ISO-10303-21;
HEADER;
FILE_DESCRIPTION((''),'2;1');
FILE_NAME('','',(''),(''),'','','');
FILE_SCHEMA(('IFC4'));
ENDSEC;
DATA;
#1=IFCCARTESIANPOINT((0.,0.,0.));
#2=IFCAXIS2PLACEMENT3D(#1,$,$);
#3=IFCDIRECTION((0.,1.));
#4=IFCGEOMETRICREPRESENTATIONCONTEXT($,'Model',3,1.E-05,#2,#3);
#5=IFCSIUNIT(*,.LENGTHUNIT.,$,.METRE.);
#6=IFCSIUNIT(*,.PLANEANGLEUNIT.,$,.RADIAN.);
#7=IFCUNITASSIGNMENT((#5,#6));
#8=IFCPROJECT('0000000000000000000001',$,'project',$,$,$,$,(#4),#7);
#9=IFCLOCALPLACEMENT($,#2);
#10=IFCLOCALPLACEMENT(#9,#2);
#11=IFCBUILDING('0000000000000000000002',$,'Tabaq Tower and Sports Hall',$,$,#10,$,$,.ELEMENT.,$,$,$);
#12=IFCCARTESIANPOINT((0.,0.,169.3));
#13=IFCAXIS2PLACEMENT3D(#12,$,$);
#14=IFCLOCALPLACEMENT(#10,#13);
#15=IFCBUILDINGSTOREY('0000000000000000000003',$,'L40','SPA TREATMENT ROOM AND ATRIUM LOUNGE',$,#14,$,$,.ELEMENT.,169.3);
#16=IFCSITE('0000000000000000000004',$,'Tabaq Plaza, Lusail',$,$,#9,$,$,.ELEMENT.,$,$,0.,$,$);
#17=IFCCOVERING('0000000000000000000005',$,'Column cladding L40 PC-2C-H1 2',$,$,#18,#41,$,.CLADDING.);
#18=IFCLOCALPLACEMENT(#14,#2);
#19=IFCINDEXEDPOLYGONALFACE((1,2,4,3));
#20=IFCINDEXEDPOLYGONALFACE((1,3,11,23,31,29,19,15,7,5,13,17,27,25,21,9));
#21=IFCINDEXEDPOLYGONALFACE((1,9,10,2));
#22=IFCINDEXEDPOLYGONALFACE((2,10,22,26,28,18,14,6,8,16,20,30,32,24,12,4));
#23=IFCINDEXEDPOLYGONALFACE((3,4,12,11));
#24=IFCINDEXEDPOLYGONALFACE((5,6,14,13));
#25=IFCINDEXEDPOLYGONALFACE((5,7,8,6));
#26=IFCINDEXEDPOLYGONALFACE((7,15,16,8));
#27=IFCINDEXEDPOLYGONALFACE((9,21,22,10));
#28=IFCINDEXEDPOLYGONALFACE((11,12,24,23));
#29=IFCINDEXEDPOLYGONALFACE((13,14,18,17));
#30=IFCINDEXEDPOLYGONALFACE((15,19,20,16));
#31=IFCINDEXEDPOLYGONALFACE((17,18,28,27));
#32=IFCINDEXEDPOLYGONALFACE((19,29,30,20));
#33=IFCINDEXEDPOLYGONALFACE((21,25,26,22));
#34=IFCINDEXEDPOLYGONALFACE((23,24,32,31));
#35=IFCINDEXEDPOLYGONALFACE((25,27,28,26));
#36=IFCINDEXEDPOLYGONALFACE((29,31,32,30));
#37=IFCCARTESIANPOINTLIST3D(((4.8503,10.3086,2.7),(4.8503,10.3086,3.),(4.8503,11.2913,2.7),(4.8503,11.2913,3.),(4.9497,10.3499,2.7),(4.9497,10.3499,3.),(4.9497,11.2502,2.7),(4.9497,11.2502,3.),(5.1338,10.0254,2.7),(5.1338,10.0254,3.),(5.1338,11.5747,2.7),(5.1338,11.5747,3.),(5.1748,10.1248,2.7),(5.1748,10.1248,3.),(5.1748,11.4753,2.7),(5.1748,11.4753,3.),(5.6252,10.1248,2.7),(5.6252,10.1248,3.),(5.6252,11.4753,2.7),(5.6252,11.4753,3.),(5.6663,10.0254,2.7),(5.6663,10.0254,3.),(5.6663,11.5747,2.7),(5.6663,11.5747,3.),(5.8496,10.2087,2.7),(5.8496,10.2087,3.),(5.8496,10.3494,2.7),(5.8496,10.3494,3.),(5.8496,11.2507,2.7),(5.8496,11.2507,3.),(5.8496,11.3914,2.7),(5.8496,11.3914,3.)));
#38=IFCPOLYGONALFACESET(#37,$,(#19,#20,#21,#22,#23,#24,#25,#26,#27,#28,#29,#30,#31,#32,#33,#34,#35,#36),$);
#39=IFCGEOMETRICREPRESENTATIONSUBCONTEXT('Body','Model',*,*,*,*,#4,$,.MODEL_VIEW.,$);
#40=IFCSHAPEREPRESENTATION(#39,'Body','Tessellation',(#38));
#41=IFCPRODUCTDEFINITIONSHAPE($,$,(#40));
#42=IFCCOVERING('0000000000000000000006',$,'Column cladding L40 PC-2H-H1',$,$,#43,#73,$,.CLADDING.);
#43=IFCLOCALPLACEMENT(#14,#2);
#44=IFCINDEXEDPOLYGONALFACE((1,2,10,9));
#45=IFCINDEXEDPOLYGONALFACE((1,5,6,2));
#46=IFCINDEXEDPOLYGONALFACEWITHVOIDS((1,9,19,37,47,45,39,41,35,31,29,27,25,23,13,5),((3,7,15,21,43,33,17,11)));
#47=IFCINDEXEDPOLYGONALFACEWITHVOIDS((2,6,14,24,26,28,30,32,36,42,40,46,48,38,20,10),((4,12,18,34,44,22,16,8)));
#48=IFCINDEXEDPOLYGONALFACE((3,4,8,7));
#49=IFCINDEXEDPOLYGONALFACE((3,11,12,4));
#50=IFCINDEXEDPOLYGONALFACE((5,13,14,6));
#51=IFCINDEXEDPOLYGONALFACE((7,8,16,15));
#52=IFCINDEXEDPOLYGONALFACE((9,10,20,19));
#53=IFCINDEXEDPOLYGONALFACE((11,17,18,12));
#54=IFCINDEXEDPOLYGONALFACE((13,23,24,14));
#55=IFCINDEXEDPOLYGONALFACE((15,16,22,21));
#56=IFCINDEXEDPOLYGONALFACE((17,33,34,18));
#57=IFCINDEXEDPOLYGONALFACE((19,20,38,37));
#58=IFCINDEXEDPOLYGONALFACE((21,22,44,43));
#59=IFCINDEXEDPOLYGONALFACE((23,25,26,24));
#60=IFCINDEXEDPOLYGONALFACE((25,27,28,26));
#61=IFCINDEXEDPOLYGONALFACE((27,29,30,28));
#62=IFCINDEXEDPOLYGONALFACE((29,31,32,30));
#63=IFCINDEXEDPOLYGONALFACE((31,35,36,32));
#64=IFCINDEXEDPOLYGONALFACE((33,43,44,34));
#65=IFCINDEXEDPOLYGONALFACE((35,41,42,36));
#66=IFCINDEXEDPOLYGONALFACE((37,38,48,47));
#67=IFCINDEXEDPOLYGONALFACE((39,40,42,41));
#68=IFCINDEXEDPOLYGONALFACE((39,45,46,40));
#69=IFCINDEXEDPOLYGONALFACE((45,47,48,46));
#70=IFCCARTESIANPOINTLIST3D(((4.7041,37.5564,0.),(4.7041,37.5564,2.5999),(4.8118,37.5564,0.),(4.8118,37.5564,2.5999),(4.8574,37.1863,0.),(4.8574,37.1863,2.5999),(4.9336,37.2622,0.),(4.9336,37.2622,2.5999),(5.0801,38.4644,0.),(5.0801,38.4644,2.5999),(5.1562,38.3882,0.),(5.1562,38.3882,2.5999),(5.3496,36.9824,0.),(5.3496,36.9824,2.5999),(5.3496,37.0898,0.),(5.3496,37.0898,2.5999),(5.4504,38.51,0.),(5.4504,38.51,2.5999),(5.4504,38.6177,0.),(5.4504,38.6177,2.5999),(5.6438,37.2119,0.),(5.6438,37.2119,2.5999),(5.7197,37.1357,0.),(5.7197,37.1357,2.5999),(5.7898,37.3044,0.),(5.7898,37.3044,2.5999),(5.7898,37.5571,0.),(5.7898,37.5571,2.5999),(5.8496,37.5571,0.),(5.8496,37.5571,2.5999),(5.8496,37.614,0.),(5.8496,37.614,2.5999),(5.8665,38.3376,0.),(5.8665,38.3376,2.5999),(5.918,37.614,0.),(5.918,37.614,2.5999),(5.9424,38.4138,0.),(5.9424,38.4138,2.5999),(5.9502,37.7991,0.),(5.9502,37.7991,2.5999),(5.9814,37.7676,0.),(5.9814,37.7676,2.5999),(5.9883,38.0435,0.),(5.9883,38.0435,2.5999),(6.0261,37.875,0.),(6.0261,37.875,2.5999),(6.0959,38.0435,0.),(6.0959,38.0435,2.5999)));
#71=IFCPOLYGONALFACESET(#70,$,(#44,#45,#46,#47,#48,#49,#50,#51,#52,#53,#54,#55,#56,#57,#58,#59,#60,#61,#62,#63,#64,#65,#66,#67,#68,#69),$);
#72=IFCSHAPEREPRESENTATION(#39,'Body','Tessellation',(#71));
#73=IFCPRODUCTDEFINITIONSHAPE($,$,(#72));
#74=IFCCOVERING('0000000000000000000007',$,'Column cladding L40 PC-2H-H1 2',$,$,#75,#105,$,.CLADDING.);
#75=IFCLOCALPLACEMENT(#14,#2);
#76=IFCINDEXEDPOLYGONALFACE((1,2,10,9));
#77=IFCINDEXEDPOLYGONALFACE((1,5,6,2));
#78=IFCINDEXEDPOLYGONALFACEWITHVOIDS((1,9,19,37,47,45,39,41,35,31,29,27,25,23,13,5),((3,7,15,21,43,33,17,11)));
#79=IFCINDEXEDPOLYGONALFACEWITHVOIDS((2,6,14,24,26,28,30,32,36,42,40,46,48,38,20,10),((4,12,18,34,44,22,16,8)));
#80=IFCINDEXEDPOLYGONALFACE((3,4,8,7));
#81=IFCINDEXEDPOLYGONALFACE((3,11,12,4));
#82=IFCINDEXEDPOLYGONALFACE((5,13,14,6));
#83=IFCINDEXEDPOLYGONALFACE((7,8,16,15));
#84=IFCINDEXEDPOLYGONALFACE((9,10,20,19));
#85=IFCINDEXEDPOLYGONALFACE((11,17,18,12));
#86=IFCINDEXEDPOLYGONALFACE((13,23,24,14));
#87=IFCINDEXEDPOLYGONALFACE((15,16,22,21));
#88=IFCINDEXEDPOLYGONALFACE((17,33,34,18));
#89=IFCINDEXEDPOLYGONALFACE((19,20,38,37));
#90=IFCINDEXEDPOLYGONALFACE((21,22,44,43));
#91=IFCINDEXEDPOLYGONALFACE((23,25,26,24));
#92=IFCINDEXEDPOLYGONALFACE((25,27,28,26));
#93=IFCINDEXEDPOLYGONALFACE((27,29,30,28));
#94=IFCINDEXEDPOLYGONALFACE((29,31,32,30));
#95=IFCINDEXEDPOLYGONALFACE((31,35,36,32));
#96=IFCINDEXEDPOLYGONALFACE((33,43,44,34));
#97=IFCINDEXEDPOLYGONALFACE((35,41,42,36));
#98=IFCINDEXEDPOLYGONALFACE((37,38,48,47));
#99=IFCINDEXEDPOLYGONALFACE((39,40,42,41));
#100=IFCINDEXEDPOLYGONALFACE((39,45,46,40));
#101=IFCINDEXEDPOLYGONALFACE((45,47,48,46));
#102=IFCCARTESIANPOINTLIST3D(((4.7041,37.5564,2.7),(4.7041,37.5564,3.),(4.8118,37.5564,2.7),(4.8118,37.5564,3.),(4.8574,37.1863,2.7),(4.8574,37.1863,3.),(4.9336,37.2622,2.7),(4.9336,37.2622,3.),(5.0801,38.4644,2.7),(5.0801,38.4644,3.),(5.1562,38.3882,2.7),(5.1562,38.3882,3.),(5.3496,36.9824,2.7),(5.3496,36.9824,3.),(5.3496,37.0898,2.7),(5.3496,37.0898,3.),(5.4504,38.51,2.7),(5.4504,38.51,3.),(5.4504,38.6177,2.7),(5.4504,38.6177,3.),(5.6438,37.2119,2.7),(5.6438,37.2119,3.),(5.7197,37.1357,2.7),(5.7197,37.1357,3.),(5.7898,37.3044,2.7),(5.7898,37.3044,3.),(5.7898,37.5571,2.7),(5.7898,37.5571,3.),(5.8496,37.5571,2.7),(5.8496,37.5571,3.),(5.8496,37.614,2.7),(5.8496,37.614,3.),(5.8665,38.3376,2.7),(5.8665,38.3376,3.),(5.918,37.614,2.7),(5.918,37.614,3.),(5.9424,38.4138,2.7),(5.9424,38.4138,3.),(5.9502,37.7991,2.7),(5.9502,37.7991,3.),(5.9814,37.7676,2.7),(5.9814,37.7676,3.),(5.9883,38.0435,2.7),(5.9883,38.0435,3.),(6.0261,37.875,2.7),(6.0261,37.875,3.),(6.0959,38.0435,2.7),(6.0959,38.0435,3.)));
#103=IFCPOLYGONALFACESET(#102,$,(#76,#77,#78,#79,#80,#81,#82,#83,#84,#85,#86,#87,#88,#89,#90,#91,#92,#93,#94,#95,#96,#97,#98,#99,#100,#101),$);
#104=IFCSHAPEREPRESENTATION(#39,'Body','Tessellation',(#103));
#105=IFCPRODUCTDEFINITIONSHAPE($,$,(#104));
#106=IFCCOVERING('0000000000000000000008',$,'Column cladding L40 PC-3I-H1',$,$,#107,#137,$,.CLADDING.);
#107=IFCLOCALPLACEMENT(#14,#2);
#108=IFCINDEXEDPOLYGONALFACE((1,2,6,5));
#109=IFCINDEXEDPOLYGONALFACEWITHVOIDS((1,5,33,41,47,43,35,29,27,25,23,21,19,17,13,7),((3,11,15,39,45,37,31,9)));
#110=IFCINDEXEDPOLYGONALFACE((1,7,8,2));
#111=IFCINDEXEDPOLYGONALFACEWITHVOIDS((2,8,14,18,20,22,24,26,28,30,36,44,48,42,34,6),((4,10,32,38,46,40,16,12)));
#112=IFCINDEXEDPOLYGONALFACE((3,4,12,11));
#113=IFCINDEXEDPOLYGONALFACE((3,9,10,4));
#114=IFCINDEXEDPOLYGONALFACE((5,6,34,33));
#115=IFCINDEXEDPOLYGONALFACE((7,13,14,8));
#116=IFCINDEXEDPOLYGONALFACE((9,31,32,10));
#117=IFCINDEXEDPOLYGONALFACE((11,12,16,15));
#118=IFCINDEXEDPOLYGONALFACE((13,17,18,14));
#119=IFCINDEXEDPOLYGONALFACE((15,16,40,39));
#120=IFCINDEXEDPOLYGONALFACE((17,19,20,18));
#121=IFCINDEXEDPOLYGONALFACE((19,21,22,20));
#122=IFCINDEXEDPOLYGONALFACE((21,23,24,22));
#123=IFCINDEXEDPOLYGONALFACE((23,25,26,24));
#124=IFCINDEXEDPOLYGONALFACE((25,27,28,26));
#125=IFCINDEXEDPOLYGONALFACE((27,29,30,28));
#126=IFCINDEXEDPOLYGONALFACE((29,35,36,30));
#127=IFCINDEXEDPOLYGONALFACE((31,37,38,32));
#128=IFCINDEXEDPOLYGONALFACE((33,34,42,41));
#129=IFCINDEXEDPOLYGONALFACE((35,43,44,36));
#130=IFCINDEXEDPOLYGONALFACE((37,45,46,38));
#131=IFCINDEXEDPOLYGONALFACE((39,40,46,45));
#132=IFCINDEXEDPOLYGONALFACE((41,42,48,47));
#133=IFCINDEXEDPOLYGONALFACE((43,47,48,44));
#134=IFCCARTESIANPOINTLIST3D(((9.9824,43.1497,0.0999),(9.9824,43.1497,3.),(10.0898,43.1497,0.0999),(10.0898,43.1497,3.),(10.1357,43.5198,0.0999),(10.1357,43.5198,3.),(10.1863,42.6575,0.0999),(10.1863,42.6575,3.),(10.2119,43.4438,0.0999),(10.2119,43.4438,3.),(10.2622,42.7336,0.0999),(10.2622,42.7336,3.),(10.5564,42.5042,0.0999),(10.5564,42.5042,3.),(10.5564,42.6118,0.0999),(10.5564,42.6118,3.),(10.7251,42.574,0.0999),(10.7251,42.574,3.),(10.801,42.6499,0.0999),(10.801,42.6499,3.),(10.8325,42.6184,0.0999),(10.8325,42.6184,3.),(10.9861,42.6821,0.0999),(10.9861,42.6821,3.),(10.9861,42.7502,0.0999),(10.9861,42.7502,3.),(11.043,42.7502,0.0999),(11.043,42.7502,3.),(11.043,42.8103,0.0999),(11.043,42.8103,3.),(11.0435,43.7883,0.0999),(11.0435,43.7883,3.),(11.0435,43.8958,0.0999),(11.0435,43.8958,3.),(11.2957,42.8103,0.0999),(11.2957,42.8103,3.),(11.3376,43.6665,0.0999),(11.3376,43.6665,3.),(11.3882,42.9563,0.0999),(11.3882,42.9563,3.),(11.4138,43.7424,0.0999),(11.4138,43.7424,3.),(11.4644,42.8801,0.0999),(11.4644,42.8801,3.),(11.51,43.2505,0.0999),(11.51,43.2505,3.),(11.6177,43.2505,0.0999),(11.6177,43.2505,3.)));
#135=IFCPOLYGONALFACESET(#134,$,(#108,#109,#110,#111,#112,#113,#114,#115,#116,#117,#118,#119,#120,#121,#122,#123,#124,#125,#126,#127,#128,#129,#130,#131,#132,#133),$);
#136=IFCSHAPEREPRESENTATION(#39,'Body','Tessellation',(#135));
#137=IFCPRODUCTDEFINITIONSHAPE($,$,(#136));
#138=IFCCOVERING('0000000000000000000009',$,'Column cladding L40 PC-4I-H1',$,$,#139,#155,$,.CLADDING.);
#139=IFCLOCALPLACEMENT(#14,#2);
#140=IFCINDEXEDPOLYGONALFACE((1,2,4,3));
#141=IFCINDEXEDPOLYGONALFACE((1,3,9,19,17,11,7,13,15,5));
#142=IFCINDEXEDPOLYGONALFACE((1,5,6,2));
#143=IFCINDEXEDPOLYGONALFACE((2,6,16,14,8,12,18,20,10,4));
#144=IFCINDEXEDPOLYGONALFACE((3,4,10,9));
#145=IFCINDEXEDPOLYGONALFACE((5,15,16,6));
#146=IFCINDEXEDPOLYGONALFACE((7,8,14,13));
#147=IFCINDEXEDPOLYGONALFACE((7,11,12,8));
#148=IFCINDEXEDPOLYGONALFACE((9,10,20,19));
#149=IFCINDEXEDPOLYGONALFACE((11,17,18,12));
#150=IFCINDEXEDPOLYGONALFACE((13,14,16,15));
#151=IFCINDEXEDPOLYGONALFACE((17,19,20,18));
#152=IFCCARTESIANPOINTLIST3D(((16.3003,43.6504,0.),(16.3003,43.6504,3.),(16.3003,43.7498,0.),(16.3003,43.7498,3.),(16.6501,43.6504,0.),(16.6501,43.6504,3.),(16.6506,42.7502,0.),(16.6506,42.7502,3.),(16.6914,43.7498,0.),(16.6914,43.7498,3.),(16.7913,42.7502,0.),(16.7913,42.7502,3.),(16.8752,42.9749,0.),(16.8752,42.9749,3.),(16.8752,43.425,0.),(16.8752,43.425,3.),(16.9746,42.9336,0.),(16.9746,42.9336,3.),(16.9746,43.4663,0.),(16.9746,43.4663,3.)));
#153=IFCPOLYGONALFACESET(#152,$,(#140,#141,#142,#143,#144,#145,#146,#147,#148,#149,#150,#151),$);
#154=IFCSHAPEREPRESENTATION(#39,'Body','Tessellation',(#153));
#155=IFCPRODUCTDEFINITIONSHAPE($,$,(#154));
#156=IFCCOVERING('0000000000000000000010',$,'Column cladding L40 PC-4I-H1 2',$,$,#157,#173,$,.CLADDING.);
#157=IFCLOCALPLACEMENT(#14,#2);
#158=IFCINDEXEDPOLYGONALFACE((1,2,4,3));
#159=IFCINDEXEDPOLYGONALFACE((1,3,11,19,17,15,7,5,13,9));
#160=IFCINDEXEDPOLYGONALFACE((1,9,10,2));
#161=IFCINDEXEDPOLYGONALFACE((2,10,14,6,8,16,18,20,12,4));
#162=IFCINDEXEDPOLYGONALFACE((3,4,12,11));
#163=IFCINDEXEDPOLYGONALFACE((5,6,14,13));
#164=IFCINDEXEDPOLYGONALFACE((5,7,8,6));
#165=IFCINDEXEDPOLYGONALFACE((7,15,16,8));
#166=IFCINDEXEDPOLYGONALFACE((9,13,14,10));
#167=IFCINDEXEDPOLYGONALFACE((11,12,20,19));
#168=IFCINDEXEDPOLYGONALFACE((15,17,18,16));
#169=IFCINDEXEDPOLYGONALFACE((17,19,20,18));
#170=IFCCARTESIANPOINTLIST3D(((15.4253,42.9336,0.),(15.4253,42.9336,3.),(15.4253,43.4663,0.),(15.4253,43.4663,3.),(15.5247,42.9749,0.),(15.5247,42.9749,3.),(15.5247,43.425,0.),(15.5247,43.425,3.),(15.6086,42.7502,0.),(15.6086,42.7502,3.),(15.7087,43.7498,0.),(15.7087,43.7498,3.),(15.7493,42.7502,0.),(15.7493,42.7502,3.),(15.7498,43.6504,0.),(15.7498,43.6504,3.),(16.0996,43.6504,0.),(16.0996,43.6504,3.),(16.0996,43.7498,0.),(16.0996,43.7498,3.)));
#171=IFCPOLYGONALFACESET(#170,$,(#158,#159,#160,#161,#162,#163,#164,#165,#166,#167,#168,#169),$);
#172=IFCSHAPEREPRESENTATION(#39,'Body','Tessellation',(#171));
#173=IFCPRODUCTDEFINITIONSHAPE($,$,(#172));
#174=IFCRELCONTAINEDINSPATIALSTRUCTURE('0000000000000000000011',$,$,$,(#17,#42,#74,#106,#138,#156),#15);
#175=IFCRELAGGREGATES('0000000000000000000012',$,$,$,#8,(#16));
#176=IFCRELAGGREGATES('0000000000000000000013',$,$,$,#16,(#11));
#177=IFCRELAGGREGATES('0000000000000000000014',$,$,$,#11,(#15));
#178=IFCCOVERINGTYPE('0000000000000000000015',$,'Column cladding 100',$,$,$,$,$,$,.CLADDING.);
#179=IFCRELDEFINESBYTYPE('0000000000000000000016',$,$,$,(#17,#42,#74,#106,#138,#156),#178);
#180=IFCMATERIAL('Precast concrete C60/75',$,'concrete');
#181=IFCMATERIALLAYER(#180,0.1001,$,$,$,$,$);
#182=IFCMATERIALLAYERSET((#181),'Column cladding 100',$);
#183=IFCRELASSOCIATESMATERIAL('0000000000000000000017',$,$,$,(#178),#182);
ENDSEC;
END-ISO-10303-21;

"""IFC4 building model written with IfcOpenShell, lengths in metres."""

from ifc_helpers import new_model, si_unit, direction, frame, origin, place, context, subcontext, project, spatial, polyline, outline, extrude, material, layer, layer_set, type_object, element, save


model = new_model("IFC4")

# Units and contexts
model_context = context("Model", 3, precision=1e-05, world=origin(), true_north=direction((0.0, 1.0)))
body_context = subcontext(model_context, "Body", "Model", "MODEL_VIEW")
ifc_project = project(units=[si_unit("LENGTHUNIT", "METRE"), si_unit("PLANEANGLEUNIT", "RADIAN")], contexts=[model_context])

# Site, building, storey
site_placement = place(None, origin())
site = spatial("IfcSite", under=ifc_project, at=site_placement, Name="Tabaq Plaza, Lusail", CompositionType="ELEMENT", RefElevation=0.0)
building_placement = place(site_placement, origin())
building = spatial("IfcBuilding", under=site, at=building_placement, Name="Tabaq Tower and Sports Hall", CompositionType="ELEMENT")
storey_placement = place(building_placement, frame((0.0, 0.0, 169.3)))
storey = spatial("IfcBuildingStorey", under=building, at=storey_placement, Name="L40", Description="SPA TREATMENT ROOM AND ATRIUM LOUNGE", CompositionType="ELEMENT", Elevation=169.3)

# Coverings
ifc_material_1 = material(Name="Precast concrete C60/75", Category="concrete")
ifc_layer_1 = layer(ifc_material_1, 0.1001)
ifc_layer_set_1 = layer_set([ifc_layer_1], Name="Column cladding 100")
covering_type_1 = type_object("IfcCoveringType", Name="Column cladding 100", PredefinedType="CLADDING", material=ifc_layer_set_1)
covering_1_placement = place(storey_placement, frame((0.0, 0.0, 2.7)))
element("IfcCovering", 1, at=covering_1_placement, inside=storey, type_object=covering_type_1, Name="Column cladding L40 PC-2C-H1 2", PredefinedType="CLADDING", context=body_context, shape_type="SweptSolid", body=[
    extrude(outline(polyline([(5.1338, 10.0254), (4.8503, 10.3086), (4.8503, 11.2913), (5.1338, 11.5747), (5.6663, 11.5747), (5.8496, 11.3914), (5.8496, 11.2507), (5.6252, 11.4753), (5.1748, 11.4753), (4.9497, 11.2502), (4.9497, 10.3499), (5.1748, 10.1248), (5.6252, 10.1248), (5.8496, 10.3494), (5.8496, 10.2087), (5.6663, 10.0254), (5.1338, 10.0254)])), origin(), (0.0, 0.0, 1.0), 0.3),
])
covering_2_placement = place(storey_placement, origin())
element("IfcCovering", 2, at=covering_2_placement, inside=storey, type_object=covering_type_1, Name="Column cladding L40 PC-2H-H1", PredefinedType="CLADDING", context=body_context, shape_type="SweptSolid", body=[
    extrude(outline(polyline([(4.8574, 37.1863), (4.7041, 37.5564), (5.0801, 38.4644), (5.4504, 38.6177), (5.9424, 38.4138), (6.0959, 38.0435), (6.0261, 37.875), (5.9502, 37.7991), (5.9814, 37.7676), (5.918, 37.614), (5.8496, 37.614), (5.8496, 37.5571), (5.7898, 37.5571), (5.7898, 37.3044), (5.7197, 37.1357), (5.3496, 36.9824), (4.8574, 37.1863)]), holes=[polyline([(5.8665, 38.3376), (5.4504, 38.51), (5.1562, 38.3882), (4.8118, 37.5564), (4.9336, 37.2622), (5.3496, 37.0898), (5.6438, 37.2119), (5.9883, 38.0435), (5.8665, 38.3376)])]), origin(), (0.0, 0.0, 1.0), 2.5999),
])
covering_3_placement = place(storey_placement, frame((0.0, 0.0, 2.7)))
element("IfcCovering", 3, at=covering_3_placement, inside=storey, type_object=covering_type_1, Name="Column cladding L40 PC-2H-H1 2", PredefinedType="CLADDING", context=body_context, shape_type="SweptSolid", body=[
    extrude(outline(polyline([(4.8574, 37.1863), (4.7041, 37.5564), (5.0801, 38.4644), (5.4504, 38.6177), (5.9424, 38.4138), (6.0959, 38.0435), (6.0261, 37.875), (5.9502, 37.7991), (5.9814, 37.7676), (5.918, 37.614), (5.8496, 37.614), (5.8496, 37.5571), (5.7898, 37.5571), (5.7898, 37.3044), (5.7197, 37.1357), (5.3496, 36.9824), (4.8574, 37.1863)]), holes=[polyline([(5.8665, 38.3376), (5.4504, 38.51), (5.1562, 38.3882), (4.8118, 37.5564), (4.9336, 37.2622), (5.3496, 37.0898), (5.6438, 37.2119), (5.9883, 38.0435), (5.8665, 38.3376)])]), origin(), (0.0, 0.0, 1.0), 0.3),
])
covering_4_placement = place(storey_placement, frame((0.0, 0.0, 0.0999)))
element("IfcCovering", 4, at=covering_4_placement, inside=storey, type_object=covering_type_1, Name="Column cladding L40 PC-3I-H1", PredefinedType="CLADDING", context=body_context, shape_type="SweptSolid", body=[
    extrude(outline(polyline([(9.9824, 43.1497), (10.1357, 43.5198), (11.0435, 43.8958), (11.4138, 43.7424), (11.6177, 43.2505), (11.4644, 42.8801), (11.2957, 42.8103), (11.043, 42.8103), (11.043, 42.7502), (10.9861, 42.7502), (10.9861, 42.6821), (10.8325, 42.6184), (10.801, 42.6499), (10.7251, 42.574), (10.5564, 42.5042), (10.1863, 42.6575), (9.9824, 43.1497)]), holes=[polyline([(11.51, 43.2505), (11.3376, 43.6665), (11.0435, 43.7883), (10.2119, 43.4438), (10.0898, 43.1497), (10.2622, 42.7336), (10.5564, 42.6118), (11.3882, 42.9563), (11.51, 43.2505)])]), origin(), (0.0, 0.0, 1.0), 2.9001),
])
covering_5_placement = place(storey_placement, origin())
element("IfcCovering", 5, at=covering_5_placement, inside=storey, type_object=covering_type_1, Name="Column cladding L40 PC-4I-H1", PredefinedType="CLADDING", context=body_context, shape_type="SweptSolid", body=[
    extrude(outline(polyline([(16.6914, 43.7498), (16.9746, 43.4663), (16.9746, 42.9336), (16.7913, 42.7502), (16.6506, 42.7502), (16.8752, 42.9749), (16.8752, 43.425), (16.6501, 43.6504), (16.3003, 43.6504), (16.3003, 43.7498), (16.6914, 43.7498)])), origin(), (0.0, 0.0, 1.0), 3.0),
])
covering_6_placement = place(storey_placement, origin())
element("IfcCovering", 6, at=covering_6_placement, inside=storey, type_object=covering_type_1, Name="Column cladding L40 PC-4I-H1 2", PredefinedType="CLADDING", context=body_context, shape_type="SweptSolid", body=[
    extrude(outline(polyline([(15.4253, 43.4663), (15.7087, 43.7498), (16.0996, 43.7498), (16.0996, 43.6504), (15.7498, 43.6504), (15.5247, 43.425), (15.5247, 42.9749), (15.7493, 42.7502), (15.6086, 42.7502), (15.4253, 42.9336), (15.4253, 43.4663)])), origin(), (0.0, 0.0, 1.0), 3.0),
])

save(model, "model.ifc")
